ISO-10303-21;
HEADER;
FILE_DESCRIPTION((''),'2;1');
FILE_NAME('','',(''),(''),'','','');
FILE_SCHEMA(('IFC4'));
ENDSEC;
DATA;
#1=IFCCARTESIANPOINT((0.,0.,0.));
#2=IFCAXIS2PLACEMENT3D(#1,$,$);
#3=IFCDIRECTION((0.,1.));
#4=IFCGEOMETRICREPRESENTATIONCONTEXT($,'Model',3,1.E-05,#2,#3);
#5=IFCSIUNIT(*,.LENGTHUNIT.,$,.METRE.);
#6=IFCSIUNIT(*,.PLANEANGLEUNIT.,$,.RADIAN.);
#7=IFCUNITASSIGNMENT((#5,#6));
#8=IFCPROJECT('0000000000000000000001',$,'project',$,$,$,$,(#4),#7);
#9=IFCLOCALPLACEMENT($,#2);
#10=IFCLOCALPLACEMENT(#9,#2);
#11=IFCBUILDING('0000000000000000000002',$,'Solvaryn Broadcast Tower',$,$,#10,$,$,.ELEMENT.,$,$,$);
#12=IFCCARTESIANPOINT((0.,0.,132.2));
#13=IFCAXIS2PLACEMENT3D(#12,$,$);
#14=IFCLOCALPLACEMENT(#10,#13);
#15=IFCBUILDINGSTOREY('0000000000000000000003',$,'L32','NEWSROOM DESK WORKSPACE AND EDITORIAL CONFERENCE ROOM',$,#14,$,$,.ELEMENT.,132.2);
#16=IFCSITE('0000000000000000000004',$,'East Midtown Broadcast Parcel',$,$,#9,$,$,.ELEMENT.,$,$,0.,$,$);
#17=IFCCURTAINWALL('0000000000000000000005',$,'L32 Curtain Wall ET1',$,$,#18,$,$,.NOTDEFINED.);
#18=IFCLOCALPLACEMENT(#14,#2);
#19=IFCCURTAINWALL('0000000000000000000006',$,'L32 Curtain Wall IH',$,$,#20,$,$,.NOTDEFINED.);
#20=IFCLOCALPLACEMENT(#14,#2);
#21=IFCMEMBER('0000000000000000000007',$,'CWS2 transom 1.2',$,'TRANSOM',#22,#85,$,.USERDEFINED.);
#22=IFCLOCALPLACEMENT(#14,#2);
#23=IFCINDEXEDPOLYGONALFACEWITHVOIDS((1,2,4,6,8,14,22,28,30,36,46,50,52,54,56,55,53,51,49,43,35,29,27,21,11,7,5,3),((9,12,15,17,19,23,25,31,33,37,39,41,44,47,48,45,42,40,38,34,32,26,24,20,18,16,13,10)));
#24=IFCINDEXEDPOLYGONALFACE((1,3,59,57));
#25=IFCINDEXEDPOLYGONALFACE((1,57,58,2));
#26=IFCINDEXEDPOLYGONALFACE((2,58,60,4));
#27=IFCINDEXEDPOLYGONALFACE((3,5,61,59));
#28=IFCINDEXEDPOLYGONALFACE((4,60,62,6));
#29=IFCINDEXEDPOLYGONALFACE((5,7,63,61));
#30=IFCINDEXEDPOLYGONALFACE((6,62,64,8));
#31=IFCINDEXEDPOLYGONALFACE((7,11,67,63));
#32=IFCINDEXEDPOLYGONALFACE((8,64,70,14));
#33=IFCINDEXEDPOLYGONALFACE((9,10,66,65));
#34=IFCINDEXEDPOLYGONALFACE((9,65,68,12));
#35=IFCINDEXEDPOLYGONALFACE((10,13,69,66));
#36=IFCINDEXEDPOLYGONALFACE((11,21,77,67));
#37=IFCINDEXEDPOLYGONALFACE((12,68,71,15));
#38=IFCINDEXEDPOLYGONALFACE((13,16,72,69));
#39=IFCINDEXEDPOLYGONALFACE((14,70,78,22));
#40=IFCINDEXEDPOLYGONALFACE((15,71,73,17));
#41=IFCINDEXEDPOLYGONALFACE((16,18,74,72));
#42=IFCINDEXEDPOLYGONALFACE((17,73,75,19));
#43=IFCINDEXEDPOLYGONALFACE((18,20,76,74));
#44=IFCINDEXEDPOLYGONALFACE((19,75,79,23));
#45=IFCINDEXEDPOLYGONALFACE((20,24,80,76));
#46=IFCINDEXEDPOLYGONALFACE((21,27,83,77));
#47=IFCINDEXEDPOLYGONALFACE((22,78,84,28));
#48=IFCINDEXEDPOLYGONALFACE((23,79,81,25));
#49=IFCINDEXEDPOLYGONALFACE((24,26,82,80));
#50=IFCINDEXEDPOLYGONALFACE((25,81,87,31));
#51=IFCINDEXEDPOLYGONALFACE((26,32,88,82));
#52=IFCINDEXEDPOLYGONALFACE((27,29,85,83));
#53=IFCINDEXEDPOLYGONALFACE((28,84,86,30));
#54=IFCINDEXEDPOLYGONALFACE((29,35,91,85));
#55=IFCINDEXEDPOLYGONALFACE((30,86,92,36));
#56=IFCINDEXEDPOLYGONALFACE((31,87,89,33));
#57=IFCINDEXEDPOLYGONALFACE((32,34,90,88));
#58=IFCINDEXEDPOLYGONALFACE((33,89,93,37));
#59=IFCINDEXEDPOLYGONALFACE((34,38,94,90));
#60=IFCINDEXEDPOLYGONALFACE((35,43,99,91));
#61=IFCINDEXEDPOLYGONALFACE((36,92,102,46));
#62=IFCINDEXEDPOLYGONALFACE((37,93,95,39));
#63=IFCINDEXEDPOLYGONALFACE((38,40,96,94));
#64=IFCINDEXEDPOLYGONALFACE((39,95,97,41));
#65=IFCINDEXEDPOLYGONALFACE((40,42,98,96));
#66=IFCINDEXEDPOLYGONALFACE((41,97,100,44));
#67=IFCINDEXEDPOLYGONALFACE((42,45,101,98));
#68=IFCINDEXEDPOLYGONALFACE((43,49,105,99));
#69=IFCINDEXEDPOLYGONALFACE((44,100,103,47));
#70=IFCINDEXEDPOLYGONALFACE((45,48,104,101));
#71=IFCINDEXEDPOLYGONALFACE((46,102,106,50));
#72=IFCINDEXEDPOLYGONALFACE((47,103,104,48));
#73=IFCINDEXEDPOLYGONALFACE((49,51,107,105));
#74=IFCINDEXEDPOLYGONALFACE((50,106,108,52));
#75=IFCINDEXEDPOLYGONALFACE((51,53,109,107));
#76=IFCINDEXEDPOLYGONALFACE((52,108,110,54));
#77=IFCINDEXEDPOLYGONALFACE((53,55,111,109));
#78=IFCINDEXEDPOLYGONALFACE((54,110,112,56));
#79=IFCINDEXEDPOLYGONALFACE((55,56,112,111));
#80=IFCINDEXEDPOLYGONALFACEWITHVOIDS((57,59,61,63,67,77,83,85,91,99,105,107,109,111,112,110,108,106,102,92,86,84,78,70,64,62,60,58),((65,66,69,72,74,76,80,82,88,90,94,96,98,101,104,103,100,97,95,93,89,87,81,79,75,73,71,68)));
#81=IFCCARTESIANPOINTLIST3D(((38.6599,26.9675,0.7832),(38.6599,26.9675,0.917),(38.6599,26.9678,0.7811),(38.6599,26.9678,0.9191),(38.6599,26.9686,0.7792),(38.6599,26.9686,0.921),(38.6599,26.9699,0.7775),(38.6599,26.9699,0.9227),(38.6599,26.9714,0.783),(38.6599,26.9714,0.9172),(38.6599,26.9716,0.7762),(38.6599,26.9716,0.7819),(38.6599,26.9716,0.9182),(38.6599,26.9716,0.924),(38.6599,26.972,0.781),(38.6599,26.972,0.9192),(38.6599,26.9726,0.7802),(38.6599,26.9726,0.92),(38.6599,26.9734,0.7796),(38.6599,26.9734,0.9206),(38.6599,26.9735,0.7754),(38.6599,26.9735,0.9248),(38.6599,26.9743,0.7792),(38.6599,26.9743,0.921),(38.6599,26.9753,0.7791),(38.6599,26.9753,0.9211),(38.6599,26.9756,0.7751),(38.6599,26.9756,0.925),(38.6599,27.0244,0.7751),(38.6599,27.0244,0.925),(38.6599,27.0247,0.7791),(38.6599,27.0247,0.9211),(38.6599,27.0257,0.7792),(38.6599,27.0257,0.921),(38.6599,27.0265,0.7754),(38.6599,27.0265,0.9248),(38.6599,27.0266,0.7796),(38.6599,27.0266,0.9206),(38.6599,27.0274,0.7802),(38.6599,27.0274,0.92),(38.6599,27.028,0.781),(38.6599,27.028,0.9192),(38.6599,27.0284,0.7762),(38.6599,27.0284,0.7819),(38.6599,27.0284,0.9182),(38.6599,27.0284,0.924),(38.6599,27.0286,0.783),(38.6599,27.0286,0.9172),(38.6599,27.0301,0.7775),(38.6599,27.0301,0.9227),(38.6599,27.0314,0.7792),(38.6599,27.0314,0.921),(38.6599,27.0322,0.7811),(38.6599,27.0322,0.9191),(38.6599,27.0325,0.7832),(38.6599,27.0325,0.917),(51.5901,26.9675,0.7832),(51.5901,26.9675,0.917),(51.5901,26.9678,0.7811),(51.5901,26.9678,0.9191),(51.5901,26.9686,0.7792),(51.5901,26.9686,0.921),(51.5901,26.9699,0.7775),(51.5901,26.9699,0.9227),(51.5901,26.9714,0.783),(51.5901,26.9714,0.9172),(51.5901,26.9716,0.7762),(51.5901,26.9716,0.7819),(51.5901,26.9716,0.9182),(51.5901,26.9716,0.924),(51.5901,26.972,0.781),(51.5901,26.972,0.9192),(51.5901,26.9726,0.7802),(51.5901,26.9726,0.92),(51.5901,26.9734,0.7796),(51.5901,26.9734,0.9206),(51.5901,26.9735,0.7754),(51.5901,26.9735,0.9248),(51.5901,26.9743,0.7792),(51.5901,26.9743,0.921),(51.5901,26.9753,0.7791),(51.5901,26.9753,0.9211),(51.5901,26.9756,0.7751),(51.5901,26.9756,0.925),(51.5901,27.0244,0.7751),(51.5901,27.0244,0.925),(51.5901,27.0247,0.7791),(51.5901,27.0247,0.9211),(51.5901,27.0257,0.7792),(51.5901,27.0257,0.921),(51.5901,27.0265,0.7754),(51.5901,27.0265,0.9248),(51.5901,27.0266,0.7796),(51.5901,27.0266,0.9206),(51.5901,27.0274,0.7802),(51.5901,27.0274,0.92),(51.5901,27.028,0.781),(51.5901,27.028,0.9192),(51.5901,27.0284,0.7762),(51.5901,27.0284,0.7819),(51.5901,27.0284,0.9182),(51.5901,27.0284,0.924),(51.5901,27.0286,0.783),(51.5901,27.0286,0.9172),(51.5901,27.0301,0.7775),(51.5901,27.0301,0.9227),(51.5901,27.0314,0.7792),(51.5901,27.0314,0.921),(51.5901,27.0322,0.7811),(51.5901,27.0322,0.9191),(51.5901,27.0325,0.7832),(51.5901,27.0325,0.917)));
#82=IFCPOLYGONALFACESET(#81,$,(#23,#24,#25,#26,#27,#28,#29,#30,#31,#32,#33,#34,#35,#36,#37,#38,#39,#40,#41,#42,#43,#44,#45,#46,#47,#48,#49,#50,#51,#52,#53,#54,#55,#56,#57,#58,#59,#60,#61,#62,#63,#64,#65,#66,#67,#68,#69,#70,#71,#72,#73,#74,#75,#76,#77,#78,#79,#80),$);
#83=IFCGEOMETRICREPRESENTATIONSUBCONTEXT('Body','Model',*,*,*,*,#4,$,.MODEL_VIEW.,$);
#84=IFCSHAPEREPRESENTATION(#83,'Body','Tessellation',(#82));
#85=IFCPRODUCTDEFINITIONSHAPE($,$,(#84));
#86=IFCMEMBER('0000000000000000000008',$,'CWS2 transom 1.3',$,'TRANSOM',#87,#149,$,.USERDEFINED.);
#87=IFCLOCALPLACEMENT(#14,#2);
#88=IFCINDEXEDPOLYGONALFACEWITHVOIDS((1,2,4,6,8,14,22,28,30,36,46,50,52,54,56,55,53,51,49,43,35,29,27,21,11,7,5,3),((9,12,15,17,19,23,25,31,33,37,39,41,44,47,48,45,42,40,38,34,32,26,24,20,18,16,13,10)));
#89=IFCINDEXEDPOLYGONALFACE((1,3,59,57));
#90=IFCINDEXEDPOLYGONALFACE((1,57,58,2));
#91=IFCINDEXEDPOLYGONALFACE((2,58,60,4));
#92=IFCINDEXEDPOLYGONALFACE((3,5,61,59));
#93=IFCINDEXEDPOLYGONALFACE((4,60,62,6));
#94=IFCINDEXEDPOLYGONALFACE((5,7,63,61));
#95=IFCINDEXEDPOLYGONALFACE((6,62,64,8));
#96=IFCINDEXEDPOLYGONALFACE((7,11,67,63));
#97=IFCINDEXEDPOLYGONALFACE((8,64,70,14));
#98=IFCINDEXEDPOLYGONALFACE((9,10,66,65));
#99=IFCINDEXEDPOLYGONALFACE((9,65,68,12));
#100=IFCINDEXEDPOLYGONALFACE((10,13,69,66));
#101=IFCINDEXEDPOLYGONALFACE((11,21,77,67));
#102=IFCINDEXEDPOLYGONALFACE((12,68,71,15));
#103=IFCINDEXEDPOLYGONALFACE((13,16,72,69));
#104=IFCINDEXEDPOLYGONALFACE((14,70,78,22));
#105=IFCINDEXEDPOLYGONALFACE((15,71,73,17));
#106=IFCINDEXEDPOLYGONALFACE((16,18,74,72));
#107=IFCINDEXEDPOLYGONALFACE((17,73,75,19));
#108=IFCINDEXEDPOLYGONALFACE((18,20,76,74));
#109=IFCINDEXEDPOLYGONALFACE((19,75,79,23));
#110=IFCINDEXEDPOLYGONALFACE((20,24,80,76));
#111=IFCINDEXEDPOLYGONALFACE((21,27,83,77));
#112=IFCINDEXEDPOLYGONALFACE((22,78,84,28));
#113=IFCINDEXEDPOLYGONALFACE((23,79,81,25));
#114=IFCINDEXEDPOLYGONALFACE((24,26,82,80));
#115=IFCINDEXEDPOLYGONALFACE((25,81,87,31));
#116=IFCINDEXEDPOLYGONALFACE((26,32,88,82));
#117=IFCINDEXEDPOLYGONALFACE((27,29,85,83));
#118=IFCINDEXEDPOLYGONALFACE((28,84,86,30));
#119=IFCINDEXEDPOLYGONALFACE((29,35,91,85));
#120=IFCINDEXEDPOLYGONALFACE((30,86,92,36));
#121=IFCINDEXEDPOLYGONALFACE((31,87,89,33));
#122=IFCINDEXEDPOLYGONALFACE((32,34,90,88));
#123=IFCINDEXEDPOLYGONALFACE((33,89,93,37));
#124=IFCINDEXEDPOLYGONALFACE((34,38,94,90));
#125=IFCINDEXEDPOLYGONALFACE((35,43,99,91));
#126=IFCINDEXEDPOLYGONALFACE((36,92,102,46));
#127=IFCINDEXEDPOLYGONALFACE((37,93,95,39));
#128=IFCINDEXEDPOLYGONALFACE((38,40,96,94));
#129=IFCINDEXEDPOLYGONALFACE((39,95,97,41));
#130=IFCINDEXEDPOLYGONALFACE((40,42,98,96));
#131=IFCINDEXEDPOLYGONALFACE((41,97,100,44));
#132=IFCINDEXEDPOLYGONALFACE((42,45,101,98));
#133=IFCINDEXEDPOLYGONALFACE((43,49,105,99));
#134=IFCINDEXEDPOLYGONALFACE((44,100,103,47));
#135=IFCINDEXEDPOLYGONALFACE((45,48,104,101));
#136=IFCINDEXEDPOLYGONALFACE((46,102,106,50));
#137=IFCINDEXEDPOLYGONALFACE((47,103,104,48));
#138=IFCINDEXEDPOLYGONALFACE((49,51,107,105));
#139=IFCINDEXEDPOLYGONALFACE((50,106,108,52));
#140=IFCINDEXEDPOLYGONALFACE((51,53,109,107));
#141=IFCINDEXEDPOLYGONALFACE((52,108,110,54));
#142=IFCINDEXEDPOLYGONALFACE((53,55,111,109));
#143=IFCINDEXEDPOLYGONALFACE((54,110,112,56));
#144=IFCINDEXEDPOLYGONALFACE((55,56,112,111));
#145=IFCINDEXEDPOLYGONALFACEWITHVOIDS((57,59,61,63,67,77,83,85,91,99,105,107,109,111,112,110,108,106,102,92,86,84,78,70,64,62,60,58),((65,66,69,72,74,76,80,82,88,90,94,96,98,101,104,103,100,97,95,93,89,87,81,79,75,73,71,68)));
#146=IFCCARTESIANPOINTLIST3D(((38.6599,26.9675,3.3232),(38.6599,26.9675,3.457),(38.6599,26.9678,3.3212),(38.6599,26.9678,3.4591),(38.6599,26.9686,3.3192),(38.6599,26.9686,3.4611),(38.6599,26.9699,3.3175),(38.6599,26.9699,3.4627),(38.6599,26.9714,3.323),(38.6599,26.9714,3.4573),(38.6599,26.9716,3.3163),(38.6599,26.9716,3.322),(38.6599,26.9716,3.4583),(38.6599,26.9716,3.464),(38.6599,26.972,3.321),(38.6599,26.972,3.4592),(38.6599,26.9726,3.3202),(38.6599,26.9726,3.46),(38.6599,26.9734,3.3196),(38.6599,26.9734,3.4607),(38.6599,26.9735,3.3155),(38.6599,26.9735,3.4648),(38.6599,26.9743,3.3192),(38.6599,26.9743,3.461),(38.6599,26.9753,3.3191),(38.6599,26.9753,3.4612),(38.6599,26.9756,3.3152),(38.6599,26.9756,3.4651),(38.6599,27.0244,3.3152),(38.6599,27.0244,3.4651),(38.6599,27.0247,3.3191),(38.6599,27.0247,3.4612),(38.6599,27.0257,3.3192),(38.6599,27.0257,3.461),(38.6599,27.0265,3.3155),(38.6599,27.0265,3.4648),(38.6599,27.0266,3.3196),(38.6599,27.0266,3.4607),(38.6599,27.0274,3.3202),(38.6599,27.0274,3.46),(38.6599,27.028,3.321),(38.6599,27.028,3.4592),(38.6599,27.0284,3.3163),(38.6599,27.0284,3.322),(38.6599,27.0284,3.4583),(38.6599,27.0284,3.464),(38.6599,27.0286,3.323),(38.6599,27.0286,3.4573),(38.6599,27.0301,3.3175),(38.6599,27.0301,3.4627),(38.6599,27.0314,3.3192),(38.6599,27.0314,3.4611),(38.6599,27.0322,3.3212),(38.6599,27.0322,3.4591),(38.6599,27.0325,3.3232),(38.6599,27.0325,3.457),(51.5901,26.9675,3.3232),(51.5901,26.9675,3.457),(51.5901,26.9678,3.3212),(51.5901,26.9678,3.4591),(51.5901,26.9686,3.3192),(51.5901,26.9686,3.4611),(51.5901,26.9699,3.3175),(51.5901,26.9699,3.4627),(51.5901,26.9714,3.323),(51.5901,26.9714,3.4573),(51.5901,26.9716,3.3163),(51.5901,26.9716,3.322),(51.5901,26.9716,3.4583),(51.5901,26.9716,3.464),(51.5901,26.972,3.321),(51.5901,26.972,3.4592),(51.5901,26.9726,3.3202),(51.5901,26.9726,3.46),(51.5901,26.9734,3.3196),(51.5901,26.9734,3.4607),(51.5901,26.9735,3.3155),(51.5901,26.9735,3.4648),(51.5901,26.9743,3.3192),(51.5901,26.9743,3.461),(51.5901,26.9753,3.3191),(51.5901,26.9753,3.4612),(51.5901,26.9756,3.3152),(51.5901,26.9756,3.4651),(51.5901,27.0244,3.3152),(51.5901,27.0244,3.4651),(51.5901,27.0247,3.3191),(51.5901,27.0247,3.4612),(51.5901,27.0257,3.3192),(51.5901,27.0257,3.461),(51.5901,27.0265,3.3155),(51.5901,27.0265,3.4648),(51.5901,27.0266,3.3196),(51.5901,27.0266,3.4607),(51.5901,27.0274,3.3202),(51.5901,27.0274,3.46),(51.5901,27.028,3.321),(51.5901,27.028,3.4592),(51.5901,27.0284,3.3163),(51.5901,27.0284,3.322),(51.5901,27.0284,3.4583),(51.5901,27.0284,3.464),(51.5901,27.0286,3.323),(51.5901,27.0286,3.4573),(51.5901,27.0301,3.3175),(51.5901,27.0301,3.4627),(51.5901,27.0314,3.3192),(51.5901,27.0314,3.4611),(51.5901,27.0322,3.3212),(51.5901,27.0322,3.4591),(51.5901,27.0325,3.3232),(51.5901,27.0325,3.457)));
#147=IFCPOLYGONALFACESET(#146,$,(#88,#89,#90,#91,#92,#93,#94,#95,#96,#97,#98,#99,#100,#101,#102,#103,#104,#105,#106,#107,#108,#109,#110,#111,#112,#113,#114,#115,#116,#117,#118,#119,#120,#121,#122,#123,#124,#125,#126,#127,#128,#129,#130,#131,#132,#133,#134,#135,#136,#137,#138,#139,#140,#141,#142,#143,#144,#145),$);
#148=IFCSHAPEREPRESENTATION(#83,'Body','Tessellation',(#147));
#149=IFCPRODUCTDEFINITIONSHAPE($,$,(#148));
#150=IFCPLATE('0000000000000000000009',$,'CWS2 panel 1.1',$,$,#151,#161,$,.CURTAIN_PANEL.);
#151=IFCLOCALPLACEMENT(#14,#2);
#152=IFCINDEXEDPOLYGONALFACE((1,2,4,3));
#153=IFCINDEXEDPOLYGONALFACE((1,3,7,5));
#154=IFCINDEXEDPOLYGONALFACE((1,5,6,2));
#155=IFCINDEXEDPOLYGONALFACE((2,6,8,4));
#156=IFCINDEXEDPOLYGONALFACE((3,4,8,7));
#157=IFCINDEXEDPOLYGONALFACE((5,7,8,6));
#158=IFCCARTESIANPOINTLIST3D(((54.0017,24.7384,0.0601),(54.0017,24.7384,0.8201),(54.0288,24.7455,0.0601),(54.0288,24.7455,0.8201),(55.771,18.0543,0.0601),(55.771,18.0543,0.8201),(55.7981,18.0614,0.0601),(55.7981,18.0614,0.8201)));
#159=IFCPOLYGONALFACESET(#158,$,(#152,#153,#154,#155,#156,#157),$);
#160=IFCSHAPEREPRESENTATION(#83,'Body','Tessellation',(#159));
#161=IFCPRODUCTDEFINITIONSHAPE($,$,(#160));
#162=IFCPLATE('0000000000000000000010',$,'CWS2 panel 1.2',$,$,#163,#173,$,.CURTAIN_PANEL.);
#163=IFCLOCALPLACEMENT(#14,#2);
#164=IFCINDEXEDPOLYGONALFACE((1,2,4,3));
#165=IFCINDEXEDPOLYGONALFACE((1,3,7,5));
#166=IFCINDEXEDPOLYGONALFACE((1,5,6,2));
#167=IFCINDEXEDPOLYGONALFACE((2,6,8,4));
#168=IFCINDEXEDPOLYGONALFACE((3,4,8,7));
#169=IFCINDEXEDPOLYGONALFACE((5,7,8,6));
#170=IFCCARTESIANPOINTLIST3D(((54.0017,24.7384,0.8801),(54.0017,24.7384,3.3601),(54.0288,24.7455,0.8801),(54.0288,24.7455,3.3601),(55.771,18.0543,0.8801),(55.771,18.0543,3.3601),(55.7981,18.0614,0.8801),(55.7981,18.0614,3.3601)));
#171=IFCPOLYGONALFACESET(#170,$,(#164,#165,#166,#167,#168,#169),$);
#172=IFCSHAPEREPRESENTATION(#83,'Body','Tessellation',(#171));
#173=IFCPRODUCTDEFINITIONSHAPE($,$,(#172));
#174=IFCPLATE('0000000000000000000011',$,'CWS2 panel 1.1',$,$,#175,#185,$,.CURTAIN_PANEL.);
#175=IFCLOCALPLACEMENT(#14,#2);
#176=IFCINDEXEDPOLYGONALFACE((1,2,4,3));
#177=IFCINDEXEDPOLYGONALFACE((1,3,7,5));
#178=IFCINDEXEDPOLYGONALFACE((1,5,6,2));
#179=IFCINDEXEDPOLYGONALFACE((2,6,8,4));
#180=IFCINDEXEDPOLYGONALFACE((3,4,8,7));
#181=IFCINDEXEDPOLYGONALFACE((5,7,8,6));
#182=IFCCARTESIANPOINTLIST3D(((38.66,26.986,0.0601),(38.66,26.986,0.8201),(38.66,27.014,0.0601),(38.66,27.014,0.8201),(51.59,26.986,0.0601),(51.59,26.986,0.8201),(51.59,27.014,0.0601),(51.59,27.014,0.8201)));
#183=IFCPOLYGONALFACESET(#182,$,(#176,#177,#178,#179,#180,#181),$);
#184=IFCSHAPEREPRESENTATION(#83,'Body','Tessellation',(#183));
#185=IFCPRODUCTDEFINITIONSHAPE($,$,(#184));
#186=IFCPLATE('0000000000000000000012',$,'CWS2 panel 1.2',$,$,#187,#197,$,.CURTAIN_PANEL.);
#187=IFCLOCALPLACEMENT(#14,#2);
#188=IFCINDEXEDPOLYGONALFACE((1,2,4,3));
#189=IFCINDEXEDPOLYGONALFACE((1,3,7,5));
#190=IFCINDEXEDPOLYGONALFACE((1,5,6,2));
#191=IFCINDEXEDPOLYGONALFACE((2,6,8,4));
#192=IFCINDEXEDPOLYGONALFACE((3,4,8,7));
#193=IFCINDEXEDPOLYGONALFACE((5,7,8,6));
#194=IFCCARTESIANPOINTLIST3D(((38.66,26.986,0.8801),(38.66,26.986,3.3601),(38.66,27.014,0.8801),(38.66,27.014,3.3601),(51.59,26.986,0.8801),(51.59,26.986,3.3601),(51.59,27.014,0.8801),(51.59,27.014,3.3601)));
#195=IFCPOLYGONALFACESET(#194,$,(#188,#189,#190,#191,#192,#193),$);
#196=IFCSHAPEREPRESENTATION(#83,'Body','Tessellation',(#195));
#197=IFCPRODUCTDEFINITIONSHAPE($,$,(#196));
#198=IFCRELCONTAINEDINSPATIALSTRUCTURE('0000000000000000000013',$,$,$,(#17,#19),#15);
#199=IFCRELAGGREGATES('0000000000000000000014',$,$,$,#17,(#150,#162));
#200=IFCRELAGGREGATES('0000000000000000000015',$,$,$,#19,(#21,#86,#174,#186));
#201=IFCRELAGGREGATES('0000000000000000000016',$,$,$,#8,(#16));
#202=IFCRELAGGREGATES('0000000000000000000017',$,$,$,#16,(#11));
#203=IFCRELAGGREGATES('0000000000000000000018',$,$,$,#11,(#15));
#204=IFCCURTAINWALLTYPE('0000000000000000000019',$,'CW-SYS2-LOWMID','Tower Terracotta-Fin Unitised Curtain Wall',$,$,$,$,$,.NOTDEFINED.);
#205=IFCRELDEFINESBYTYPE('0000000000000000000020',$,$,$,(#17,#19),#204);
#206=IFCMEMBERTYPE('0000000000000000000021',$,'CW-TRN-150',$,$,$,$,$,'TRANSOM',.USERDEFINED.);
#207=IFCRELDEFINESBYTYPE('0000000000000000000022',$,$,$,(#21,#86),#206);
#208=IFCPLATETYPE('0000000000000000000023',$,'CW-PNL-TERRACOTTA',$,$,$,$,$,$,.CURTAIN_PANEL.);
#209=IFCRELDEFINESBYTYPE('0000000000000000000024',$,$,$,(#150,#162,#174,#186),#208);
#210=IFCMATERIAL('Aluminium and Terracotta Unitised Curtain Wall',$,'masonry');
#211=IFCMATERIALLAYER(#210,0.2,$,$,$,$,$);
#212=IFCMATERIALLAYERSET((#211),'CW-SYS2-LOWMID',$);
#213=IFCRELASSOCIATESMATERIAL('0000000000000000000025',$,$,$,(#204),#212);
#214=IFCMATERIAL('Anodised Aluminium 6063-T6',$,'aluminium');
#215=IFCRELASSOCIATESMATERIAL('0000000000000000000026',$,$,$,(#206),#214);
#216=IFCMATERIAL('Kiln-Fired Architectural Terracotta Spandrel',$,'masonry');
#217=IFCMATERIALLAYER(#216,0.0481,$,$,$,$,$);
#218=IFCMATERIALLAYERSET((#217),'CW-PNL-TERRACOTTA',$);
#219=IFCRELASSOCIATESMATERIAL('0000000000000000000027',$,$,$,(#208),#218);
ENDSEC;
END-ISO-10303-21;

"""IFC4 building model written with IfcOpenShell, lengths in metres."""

from ifc_helpers import new_model, si_unit, direction, frame, origin, origin_2d, place, context, subcontext, project, spatial, rectangle, hollow_rectangle, extrude, material, layer, layer_set, material_profile, profile_set, type_object, element, aggregate, save


model = new_model("IFC4")

# Units and contexts
model_context = context("Model", 3, precision=1e-05, world=origin(), true_north=direction((0.0, 1.0)))
body_context = subcontext(model_context, "Body", "Model", "MODEL_VIEW")
ifc_project = project(units=[si_unit("LENGTHUNIT", "METRE"), si_unit("PLANEANGLEUNIT", "RADIAN")], contexts=[model_context])

# Site, building, storey
site_placement = place(None, origin())
site = spatial("IfcSite", under=ifc_project, at=site_placement, Name="East Midtown Broadcast Parcel", CompositionType="ELEMENT", RefElevation=0.0)
building_placement = place(site_placement, origin())
building = spatial("IfcBuilding", under=site, at=building_placement, Name="Solvaryn Broadcast Tower", CompositionType="ELEMENT")
storey_placement = place(building_placement, frame((0.0, 0.0, 132.2)))
storey = spatial("IfcBuildingStorey", under=building, at=storey_placement, Name="L32", Description="NEWSROOM DESK WORKSPACE AND EDITORIAL CONFERENCE ROOM", CompositionType="ELEMENT", Elevation=132.2)

# Curtain walls
ifc_material_1 = material(Name="Aluminium and Terracotta Unitised Curtain Wall", Category="masonry")
ifc_layer_1 = layer(ifc_material_1, 0.2)
ifc_layer_set_1 = layer_set([ifc_layer_1], Name="CW-SYS2-LOWMID")
curtain_wall_type = type_object("IfcCurtainWallType", Name="CW-SYS2-LOWMID", Description="Tower Terracotta-Fin Unitised Curtain Wall", PredefinedType="NOTDEFINED", material=ifc_layer_set_1)
curtain_wall_1_placement = place(storey_placement, origin())
curtain_wall_1 = element("IfcCurtainWall", 1, at=curtain_wall_1_placement, inside=storey, type_object=curtain_wall_type, Name="L32 Curtain Wall ET1", PredefinedType="NOTDEFINED")
curtain_wall_2_placement = place(storey_placement, origin())
curtain_wall_2 = element("IfcCurtainWall", 2, at=curtain_wall_2_placement, inside=storey, type_object=curtain_wall_type, Name="L32 Curtain Wall IH", PredefinedType="NOTDEFINED")

# Members
ifc_material_2 = material(Name="Anodised Aluminium 6063-T6", Category="aluminium")
ifc_material_profile_1 = material_profile(ifc_material_2, hollow_rectangle(XDim=0.0649, YDim=0.1499, WallThickness=0.0039, InnerFilletRadius=0.0039, OuterFilletRadius=0.0081, at=origin_2d()))
ifc_profile_set_1 = profile_set([ifc_material_profile_1], Name="Anodised Aluminium 6063-T6")
member_type_1 = type_object("IfcMemberType", Name="CW-TRN-150", ElementType="TRANSOM", PredefinedType="USERDEFINED", material=ifc_profile_set_1)
member_1_placement = place(storey_placement, frame((38.6599, 27.0, 0.8501), z_axis=(1.0, 0.0, 0.0), x_axis=(0.0, 1.0, 0.0)))
member_1 = element("IfcMember", 3, at=member_1_placement, type_object=member_type_1, Name="CWS2 transom 1.2", ObjectType="TRANSOM", PredefinedType="USERDEFINED", context=body_context, shape_type="SweptSolid", body=[
    extrude(hollow_rectangle(XDim=0.0649, YDim=0.1499, WallThickness=0.0039, InnerFilletRadius=0.0039, OuterFilletRadius=0.0081, at=origin_2d()), origin(), (0.0, 0.0, 1.0), 12.9302),
])
member_2_placement = place(storey_placement, frame((38.6599, 27.0, 3.3901), z_axis=(1.0, 0.0, 0.0), x_axis=(0.0, 1.0, 0.0)))
member_2 = element("IfcMember", 4, at=member_2_placement, type_object=member_type_1, Name="CWS2 transom 1.3", ObjectType="TRANSOM", PredefinedType="USERDEFINED", context=body_context, shape_type="SweptSolid", body=[
    extrude(hollow_rectangle(XDim=0.0649, YDim=0.1499, WallThickness=0.0039, InnerFilletRadius=0.0039, OuterFilletRadius=0.0081, at=origin_2d()), origin(), (0.0, 0.0, 1.0), 12.9302),
])

# Plates
ifc_material_3 = material(Name="Kiln-Fired Architectural Terracotta Spandrel", Category="masonry")
ifc_layer_2 = layer(ifc_material_3, 0.0481)
ifc_layer_set_2 = layer_set([ifc_layer_2], Name="CW-PNL-TERRACOTTA")
plate_type = type_object("IfcPlateType", Name="CW-PNL-TERRACOTTA", PredefinedType="CURTAIN_PANEL", material=ifc_layer_set_2)
plate_1_placement = place(storey_placement, frame((54.8999, 21.3999, 0.0601), z_axis=(0.0, 0.0, 1.0), x_axis=(0.255893, -0.966705, 0.0)))
plate_1 = element("IfcPlate", 5, at=plate_1_placement, type_object=plate_type, Name="CWS2 panel 1.1", PredefinedType="CURTAIN_PANEL", context=body_context, shape_type="SweptSolid", body=[
    extrude(rectangle(XDim=6.9143, YDim=0.0281, at=origin_2d()), origin(), (0.0, 0.0, 1.0), 0.76),
])
plate_2_placement = place(storey_placement, frame((54.8999, 21.3999, 0.8801), z_axis=(0.0, 0.0, 1.0), x_axis=(0.255893, -0.966705, 0.0)))
plate_2 = element("IfcPlate", 6, at=plate_2_placement, type_object=plate_type, Name="CWS2 panel 1.2", PredefinedType="CURTAIN_PANEL", context=body_context, shape_type="SweptSolid", body=[
    extrude(rectangle(XDim=6.9143, YDim=0.0281, at=origin_2d()), origin(), (0.0, 0.0, 1.0), 2.48),
])
aggregate(curtain_wall_1, [plate_1, plate_2])
plate_3_placement = place(storey_placement, frame((45.125, 27.0, 0.0601), z_axis=(0.0, 0.0, 1.0), x_axis=(1.0, 0.0, 0.0)))
plate_3 = element("IfcPlate", 7, at=plate_3_placement, type_object=plate_type, Name="CWS2 panel 1.1", PredefinedType="CURTAIN_PANEL", context=body_context, shape_type="SweptSolid", body=[
    extrude(rectangle(XDim=12.9299, YDim=0.0281, at=origin_2d()), origin(), (0.0, 0.0, 1.0), 0.76),
])
plate_4_placement = place(storey_placement, frame((45.125, 27.0, 0.8801), z_axis=(0.0, 0.0, 1.0), x_axis=(1.0, 0.0, 0.0)))
plate_4 = element("IfcPlate", 8, at=plate_4_placement, type_object=plate_type, Name="CWS2 panel 1.2", PredefinedType="CURTAIN_PANEL", context=body_context, shape_type="SweptSolid", body=[
    extrude(rectangle(XDim=12.9299, YDim=0.0281, at=origin_2d()), origin(), (0.0, 0.0, 1.0), 2.48),
])
aggregate(curtain_wall_2, [member_1, member_2, plate_3, plate_4])

save(model, "model.ifc")
